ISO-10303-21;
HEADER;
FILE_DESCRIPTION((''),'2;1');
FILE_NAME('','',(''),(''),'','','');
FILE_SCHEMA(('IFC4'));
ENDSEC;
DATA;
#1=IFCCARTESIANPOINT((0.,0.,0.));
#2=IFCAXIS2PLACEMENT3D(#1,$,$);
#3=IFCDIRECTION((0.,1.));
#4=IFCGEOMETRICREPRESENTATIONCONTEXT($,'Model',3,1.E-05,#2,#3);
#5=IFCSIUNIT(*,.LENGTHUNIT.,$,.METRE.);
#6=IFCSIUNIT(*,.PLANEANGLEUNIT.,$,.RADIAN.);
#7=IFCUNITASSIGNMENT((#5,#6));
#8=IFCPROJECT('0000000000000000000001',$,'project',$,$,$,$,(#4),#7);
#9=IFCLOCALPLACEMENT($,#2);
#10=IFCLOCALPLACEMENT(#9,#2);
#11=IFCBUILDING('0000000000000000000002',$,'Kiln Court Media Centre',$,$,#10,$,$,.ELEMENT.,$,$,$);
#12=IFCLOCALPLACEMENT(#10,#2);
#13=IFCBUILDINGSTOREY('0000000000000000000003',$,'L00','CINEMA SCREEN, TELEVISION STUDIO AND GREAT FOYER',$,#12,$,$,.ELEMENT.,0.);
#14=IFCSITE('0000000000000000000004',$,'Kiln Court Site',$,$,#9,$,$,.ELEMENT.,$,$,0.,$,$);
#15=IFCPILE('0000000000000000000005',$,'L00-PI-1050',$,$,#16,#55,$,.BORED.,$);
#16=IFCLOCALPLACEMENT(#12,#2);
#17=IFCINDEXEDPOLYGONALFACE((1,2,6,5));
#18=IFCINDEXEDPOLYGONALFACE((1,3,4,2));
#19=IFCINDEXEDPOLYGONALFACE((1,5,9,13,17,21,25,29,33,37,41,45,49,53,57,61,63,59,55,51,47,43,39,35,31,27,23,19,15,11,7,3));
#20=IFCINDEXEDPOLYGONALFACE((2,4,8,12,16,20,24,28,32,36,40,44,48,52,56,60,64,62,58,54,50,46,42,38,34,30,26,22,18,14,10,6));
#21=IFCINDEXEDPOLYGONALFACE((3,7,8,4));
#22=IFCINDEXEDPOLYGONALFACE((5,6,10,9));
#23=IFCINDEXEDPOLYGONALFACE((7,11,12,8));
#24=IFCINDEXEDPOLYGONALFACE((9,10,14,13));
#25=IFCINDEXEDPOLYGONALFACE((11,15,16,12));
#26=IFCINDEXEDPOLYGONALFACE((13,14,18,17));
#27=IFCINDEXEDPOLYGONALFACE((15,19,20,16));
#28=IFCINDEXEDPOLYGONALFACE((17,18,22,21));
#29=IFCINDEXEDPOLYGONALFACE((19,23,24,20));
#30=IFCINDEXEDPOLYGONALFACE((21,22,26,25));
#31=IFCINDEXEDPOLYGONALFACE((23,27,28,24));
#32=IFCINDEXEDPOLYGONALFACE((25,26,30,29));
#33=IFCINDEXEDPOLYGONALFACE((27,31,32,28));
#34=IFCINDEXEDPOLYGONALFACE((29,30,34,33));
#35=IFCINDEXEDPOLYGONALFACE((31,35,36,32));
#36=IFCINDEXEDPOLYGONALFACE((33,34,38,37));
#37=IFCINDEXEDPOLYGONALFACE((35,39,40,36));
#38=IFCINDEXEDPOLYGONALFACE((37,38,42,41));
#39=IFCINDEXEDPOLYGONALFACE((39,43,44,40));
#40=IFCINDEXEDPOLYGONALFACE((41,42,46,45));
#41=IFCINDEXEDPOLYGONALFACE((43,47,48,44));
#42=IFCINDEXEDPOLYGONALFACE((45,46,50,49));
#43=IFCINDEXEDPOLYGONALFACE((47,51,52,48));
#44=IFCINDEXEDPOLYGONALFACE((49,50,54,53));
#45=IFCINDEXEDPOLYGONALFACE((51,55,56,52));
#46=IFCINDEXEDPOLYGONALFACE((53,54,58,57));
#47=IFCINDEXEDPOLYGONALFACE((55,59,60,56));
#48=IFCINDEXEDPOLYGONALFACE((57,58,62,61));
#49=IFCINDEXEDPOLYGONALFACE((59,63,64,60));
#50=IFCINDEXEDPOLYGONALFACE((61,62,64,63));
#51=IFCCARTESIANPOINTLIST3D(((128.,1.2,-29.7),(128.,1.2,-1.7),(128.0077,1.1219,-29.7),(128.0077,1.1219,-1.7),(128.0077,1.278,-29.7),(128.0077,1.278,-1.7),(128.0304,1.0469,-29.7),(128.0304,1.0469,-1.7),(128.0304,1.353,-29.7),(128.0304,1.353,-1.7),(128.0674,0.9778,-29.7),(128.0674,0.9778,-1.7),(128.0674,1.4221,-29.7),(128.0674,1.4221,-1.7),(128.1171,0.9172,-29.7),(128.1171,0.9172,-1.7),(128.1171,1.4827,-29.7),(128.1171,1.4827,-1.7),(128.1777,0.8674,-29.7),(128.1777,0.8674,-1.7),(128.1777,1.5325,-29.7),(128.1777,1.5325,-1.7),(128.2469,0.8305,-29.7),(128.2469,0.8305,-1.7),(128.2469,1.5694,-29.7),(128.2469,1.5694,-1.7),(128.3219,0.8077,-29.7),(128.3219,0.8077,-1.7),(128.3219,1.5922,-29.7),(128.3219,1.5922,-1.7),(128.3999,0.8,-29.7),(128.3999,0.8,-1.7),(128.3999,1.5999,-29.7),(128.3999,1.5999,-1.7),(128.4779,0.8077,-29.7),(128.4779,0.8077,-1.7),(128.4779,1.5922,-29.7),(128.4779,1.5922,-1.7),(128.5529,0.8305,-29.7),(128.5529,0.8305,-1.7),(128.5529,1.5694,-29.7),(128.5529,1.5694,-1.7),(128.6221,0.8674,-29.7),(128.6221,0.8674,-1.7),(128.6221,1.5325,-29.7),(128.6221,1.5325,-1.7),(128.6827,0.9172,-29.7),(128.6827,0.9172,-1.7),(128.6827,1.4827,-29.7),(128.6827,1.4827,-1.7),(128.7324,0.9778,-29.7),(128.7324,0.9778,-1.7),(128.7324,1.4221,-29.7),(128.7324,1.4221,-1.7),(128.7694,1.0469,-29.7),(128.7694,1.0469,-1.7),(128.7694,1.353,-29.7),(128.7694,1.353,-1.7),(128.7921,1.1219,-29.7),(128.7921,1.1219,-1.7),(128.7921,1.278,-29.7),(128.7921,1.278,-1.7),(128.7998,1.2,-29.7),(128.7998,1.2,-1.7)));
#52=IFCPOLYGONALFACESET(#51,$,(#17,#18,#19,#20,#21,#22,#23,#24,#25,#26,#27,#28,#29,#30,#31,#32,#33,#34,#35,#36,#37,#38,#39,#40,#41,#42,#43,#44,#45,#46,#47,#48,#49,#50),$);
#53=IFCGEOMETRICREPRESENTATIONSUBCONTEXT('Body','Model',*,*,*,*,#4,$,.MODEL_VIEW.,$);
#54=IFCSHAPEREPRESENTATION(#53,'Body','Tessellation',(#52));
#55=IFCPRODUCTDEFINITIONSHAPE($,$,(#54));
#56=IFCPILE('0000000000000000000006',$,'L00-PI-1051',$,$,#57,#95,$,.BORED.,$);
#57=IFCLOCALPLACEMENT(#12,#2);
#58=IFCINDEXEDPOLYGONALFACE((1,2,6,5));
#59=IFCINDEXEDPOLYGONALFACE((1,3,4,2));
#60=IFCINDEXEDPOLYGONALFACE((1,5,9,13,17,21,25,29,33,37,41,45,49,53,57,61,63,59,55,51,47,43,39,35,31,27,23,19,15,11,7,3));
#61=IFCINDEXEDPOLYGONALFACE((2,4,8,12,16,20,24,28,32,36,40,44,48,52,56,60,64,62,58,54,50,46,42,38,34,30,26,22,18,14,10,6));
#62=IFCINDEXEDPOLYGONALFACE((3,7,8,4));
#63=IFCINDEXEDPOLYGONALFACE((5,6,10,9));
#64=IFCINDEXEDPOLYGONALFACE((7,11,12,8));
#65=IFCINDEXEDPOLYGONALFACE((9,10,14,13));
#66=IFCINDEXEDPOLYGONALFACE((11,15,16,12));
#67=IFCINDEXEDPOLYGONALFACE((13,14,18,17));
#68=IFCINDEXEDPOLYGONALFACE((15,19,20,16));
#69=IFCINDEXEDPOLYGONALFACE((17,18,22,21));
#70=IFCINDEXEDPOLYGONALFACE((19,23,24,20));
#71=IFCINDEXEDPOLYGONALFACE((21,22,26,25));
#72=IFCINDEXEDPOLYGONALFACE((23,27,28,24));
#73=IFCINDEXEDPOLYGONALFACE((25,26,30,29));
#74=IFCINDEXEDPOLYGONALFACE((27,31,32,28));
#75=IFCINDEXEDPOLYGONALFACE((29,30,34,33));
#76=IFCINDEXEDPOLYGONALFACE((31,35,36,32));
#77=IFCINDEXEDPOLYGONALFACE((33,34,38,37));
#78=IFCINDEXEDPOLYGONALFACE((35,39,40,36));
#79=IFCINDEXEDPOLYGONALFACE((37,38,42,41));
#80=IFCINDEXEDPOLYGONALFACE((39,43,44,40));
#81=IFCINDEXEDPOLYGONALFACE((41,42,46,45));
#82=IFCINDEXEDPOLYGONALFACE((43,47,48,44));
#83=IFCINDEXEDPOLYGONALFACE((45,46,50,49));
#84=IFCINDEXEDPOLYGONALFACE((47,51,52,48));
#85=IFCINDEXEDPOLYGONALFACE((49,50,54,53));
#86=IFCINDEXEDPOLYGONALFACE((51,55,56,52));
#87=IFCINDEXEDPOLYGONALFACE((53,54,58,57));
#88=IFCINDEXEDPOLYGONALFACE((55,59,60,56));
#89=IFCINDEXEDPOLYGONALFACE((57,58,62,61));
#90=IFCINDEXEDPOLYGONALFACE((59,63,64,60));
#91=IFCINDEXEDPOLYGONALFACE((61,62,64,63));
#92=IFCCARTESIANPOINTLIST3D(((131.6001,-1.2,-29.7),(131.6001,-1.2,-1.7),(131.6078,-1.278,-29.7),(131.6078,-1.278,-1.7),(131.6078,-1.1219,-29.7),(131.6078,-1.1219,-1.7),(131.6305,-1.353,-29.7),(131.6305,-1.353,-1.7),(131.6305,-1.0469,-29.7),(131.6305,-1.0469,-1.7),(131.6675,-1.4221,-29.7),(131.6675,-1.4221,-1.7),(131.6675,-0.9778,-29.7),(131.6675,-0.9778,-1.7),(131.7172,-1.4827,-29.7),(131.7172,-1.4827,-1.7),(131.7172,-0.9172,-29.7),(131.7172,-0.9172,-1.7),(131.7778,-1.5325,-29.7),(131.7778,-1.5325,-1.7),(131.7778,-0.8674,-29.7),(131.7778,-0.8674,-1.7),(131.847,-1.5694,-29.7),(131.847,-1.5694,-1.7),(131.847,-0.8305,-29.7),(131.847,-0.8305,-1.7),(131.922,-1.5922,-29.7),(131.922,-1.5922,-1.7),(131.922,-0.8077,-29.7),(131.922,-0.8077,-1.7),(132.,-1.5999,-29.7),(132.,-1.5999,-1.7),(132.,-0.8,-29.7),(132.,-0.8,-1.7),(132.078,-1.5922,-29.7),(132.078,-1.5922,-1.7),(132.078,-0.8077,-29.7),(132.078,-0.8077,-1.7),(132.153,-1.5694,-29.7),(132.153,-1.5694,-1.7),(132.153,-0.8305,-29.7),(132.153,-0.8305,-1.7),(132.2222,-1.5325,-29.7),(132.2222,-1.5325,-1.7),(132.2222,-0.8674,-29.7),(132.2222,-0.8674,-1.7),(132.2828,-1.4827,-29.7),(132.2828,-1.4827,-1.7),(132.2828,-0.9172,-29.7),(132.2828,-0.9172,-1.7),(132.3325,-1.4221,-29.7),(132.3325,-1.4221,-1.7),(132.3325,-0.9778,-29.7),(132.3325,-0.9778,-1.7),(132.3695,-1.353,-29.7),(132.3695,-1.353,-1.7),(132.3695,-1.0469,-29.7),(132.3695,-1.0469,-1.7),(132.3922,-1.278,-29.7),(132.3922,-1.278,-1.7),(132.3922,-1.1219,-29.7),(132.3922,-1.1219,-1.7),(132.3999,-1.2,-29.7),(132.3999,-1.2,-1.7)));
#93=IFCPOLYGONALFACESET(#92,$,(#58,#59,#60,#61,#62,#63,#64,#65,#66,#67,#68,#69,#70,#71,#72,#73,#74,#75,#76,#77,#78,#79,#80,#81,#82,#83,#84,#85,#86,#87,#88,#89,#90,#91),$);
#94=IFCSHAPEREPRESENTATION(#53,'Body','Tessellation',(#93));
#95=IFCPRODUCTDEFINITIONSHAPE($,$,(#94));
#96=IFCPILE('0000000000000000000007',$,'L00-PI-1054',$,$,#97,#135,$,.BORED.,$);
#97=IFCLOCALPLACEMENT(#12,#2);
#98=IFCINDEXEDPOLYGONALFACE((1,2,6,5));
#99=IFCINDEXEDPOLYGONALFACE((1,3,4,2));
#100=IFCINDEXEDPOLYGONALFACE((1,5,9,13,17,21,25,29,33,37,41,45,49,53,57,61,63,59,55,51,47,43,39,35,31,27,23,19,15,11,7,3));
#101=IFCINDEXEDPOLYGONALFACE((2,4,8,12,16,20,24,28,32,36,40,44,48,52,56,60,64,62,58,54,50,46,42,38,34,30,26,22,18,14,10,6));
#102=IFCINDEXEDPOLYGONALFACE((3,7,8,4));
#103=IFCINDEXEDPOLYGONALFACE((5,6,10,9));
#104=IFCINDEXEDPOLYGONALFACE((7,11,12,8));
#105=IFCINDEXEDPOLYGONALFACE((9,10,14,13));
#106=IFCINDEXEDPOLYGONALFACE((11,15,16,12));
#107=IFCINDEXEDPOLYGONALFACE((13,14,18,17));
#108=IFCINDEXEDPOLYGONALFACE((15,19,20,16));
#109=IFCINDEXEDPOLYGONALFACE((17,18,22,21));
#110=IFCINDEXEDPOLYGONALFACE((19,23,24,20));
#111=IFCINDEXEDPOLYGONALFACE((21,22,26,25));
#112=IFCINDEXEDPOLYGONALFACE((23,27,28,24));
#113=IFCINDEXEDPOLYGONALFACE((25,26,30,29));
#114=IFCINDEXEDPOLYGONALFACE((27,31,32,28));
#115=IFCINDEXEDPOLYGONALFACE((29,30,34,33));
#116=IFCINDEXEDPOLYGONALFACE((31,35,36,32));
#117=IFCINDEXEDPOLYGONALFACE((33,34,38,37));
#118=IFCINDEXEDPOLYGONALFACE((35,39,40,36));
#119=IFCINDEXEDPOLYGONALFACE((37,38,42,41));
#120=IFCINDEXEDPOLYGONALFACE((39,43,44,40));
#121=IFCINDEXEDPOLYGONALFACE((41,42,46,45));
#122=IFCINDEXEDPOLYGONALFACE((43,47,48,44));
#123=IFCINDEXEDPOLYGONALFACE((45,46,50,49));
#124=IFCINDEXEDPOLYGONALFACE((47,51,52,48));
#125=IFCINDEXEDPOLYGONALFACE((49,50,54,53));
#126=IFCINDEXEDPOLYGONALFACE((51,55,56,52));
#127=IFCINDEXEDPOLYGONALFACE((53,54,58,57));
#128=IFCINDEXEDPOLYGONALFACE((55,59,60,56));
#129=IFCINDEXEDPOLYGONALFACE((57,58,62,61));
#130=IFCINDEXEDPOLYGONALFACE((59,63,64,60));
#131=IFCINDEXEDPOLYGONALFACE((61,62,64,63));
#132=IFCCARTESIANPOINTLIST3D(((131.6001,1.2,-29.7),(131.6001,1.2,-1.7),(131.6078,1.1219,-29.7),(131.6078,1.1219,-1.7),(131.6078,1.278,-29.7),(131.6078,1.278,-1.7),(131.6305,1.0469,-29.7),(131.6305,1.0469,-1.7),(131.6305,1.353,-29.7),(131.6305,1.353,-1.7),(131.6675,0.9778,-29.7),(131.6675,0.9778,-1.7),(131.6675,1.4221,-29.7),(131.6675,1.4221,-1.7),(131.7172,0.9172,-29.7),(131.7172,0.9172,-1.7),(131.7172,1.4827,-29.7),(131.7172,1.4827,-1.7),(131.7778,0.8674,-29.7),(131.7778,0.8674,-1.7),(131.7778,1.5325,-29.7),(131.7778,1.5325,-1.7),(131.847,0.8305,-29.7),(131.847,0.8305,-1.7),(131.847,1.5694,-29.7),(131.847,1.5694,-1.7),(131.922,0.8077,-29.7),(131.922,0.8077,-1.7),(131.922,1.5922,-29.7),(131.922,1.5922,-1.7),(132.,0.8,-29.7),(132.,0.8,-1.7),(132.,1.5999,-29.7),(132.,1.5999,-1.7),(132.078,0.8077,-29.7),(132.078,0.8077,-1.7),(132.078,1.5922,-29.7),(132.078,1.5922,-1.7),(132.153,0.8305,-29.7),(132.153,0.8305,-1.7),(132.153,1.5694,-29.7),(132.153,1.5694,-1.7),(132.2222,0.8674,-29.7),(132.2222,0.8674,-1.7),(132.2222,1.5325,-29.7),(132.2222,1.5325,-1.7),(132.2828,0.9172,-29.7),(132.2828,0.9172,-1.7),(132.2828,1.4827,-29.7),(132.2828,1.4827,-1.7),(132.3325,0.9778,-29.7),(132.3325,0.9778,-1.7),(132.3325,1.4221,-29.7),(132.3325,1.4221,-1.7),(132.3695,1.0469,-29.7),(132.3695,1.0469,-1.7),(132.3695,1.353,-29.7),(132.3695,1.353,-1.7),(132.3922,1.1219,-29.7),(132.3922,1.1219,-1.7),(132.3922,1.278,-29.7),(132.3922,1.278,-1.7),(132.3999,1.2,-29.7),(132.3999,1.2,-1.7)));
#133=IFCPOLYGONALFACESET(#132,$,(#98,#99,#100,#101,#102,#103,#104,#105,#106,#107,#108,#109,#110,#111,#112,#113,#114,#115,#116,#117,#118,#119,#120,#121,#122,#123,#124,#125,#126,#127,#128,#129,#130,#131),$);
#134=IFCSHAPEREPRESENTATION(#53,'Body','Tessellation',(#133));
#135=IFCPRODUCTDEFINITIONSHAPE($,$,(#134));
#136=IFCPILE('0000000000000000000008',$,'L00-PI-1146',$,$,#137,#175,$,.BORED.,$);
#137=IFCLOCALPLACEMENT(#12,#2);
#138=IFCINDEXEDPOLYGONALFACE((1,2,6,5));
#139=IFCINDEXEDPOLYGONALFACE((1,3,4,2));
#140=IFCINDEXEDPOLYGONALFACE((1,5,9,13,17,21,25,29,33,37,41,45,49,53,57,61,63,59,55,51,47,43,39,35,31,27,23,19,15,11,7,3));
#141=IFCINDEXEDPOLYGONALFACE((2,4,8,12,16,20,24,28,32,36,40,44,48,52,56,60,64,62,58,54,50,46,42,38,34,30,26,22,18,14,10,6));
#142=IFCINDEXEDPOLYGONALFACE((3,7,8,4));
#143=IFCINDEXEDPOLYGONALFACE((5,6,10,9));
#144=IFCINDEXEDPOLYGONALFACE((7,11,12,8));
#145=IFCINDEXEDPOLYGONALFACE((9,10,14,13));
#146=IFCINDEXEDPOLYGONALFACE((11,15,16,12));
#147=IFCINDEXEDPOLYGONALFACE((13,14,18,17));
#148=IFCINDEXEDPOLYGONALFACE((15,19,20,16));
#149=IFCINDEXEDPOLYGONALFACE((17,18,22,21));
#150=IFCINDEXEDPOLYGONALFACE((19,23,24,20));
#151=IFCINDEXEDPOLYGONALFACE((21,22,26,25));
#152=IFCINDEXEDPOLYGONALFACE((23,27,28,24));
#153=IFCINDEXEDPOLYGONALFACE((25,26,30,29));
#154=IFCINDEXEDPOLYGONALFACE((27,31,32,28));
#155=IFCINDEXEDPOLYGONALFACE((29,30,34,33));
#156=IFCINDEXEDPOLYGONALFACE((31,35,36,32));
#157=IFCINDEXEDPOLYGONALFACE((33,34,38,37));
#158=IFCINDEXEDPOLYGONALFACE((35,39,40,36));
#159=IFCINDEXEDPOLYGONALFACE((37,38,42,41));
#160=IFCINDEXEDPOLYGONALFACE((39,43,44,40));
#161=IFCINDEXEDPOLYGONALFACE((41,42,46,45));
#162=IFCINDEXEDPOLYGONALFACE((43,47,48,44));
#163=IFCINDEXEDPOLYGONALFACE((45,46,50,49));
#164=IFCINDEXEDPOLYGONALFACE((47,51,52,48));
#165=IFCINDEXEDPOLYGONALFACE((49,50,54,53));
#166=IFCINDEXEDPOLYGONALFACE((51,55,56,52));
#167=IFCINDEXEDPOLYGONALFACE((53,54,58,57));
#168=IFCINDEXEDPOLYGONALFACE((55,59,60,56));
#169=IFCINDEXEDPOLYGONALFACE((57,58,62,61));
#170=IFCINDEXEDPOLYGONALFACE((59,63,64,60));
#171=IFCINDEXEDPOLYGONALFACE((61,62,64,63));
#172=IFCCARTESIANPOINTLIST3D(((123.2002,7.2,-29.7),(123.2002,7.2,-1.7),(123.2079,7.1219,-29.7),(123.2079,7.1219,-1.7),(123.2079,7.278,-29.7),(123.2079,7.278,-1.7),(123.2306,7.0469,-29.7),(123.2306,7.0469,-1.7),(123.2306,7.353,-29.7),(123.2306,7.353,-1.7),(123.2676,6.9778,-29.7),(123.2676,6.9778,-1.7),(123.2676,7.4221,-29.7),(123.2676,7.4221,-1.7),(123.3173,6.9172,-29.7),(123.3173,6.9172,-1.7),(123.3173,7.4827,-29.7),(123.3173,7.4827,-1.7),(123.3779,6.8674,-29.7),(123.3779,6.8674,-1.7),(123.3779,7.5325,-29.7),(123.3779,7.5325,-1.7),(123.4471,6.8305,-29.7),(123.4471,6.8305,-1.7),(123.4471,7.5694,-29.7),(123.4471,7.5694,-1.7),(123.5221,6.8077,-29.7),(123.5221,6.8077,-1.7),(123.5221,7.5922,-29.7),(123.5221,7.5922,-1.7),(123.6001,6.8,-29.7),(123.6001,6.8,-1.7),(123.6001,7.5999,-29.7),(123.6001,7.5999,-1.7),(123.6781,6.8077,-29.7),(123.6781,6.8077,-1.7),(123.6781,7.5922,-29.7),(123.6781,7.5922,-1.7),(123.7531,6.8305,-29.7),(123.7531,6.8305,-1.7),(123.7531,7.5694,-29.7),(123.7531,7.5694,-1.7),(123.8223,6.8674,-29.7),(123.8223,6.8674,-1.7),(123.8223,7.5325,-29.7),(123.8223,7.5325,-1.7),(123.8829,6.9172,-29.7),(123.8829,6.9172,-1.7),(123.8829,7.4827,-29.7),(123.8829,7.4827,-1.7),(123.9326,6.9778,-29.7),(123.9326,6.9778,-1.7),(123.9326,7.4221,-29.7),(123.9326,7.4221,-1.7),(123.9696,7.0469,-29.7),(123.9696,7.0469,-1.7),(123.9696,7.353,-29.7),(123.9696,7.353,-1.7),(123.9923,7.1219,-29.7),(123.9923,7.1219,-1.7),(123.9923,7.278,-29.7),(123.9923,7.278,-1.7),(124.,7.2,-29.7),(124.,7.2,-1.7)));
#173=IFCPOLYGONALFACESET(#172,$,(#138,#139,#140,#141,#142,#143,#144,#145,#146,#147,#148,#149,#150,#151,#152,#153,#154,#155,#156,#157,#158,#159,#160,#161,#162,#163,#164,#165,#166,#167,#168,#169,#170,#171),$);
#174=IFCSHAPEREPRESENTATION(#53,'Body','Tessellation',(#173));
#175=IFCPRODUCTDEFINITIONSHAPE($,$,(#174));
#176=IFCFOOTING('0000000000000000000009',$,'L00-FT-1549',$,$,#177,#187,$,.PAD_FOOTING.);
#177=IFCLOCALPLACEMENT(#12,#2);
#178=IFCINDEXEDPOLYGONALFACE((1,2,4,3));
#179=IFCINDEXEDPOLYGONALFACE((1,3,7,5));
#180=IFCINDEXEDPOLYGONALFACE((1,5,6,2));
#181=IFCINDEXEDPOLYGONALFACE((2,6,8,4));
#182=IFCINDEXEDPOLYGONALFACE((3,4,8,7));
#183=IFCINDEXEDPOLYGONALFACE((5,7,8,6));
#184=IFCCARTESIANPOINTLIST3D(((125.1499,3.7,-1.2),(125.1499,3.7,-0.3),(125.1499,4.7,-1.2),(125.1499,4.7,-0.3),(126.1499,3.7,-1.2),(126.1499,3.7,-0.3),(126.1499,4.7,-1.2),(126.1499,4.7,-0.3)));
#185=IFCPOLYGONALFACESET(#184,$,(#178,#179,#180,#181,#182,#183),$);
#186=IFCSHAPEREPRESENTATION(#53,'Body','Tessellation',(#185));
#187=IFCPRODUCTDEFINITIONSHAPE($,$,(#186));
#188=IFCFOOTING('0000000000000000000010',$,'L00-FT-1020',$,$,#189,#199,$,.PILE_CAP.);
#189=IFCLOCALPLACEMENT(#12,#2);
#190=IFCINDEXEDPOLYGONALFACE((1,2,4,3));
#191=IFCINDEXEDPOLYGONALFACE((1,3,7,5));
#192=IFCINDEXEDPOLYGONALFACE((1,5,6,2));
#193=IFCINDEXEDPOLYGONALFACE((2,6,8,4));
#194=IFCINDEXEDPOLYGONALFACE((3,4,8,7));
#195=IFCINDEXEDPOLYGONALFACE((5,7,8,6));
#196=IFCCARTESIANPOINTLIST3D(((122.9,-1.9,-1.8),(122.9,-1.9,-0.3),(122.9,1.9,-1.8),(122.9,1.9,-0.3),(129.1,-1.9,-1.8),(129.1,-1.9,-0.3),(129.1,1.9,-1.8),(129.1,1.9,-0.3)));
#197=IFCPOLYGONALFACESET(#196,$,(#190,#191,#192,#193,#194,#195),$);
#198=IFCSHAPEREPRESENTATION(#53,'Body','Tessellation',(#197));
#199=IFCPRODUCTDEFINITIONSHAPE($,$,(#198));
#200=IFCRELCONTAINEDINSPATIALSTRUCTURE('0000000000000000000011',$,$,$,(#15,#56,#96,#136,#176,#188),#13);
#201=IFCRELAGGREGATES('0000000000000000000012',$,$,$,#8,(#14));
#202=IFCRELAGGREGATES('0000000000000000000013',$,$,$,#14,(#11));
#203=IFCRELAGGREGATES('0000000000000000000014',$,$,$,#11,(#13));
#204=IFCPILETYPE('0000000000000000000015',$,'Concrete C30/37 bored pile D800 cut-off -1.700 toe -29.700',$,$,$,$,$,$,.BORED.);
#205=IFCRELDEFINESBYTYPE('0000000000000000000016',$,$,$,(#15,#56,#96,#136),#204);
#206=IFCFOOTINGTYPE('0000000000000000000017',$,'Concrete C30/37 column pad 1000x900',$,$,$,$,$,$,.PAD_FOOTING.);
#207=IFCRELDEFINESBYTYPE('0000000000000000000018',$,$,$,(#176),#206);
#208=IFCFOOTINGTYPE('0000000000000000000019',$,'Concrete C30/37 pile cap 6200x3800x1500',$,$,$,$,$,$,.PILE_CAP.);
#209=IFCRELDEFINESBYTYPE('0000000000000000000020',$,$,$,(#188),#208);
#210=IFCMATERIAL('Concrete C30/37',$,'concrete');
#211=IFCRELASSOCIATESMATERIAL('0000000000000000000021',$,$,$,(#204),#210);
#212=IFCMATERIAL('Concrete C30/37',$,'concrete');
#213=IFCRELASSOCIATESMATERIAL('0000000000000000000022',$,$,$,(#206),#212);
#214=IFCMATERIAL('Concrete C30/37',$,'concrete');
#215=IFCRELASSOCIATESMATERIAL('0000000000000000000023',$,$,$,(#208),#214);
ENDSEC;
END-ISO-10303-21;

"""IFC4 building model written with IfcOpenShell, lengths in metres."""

from ifc_helpers import new_model, si_unit, direction, frame, origin, origin_2d, place, context, subcontext, project, spatial, rectangle, circle, extrude, material, material_profile, profile_set, type_object, element, save


model = new_model("IFC4")

# Units and contexts
model_context = context("Model", 3, precision=1e-05, world=origin(), true_north=direction((0.0, 1.0)))
body_context = subcontext(model_context, "Body", "Model", "MODEL_VIEW")
ifc_project = project(units=[si_unit("LENGTHUNIT", "METRE"), si_unit("PLANEANGLEUNIT", "RADIAN")], contexts=[model_context])

# Site, building, storey
site_placement = place(None, origin())
site = spatial("IfcSite", under=ifc_project, at=site_placement, Name="Kiln Court Site", CompositionType="ELEMENT", RefElevation=0.0)
building_placement = place(site_placement, origin())
building = spatial("IfcBuilding", under=site, at=building_placement, Name="Kiln Court Media Centre", CompositionType="ELEMENT")
storey_placement = place(building_placement, origin())
storey = spatial("IfcBuildingStorey", under=building, at=storey_placement, Name="L00", Description="CINEMA SCREEN, TELEVISION STUDIO AND GREAT FOYER", CompositionType="ELEMENT", Elevation=0.0)

# Piles
ifc_material_1 = material(Name="Concrete C30/37", Category="concrete")
ifc_material_profile_1 = material_profile(ifc_material_1, circle(Radius=0.3999, at=origin_2d()), Name="PILE D800")
ifc_profile_set_1 = profile_set([ifc_material_profile_1], Name="Concrete C30/37")
pile_type = type_object("IfcPileType", Name="Concrete C30/37 bored pile D800 cut-off -1.700 toe -29.700", PredefinedType="BORED", material=ifc_profile_set_1)
for number, where, z_axis, x_axis, name in (
    (1, (128.3999, 1.2, -1.7), (0.0, 0.0, -1.0), (1.0, 0.0, 0.0), "L00-PI-1050"),
    (2, (132.0, -1.2, -1.7), (0.0, 0.0, -1.0), (1.0, 0.0, 0.0), "L00-PI-1051"),
    (3, (132.0, 1.2, -1.7), (0.0, 0.0, -1.0), (1.0, 0.0, 0.0), "L00-PI-1054"),
    (4, (123.6001, 7.2, -1.7), (0.0, 0.0, -1.0), (1.0, 0.0, 0.0), "L00-PI-1146"),
):
    element("IfcPile", number, at=place(storey_placement, frame(where, z_axis=z_axis, x_axis=x_axis)), inside=storey, type_object=pile_type, Name=name, PredefinedType="BORED", context=body_context, shape_type="SweptSolid", body=[
        extrude(circle(Radius=0.3999, at=origin_2d()), origin(), (0.0, 0.0, 1.0), 28.0),
    ])

# Footings
ifc_material_2 = material(Name="Concrete C30/37", Category="concrete")
footing_type_1 = type_object("IfcFootingType", Name="Concrete C30/37 column pad 1000x900", PredefinedType="PAD_FOOTING", material=ifc_material_2)
footing_1_placement = place(storey_placement, frame((125.6499, 4.2, -1.2), z_axis=(0.0, 0.0, 1.0), x_axis=(1.0, 0.0, 0.0)))
element("IfcFooting", 5, at=footing_1_placement, inside=storey, type_object=footing_type_1, Name="L00-FT-1549", PredefinedType="PAD_FOOTING", context=body_context, shape_type="SweptSolid", body=[
    extrude(rectangle(XDim=1.0, YDim=1.0, at=origin_2d()), origin(), (0.0, 0.0, 1.0), 0.8999),
])
ifc_material_3 = material(Name="Concrete C30/37", Category="concrete")
footing_type_2 = type_object("IfcFootingType", Name="Concrete C30/37 pile cap 6200x3800x1500", PredefinedType="PILE_CAP", material=ifc_material_3)
footing_2_placement = place(storey_placement, frame((126.0, 0.0, -1.8), z_axis=(0.0, 0.0, 1.0), x_axis=(1.0, 0.0, 0.0)))
element("IfcFooting", 6, at=footing_2_placement, inside=storey, type_object=footing_type_2, Name="L00-FT-1020", PredefinedType="PILE_CAP", context=body_context, shape_type="SweptSolid", body=[
    extrude(rectangle(XDim=6.2, YDim=3.8, at=origin_2d()), origin(), (0.0, 0.0, 1.0), 1.5),
])

save(model, "model.ifc")
